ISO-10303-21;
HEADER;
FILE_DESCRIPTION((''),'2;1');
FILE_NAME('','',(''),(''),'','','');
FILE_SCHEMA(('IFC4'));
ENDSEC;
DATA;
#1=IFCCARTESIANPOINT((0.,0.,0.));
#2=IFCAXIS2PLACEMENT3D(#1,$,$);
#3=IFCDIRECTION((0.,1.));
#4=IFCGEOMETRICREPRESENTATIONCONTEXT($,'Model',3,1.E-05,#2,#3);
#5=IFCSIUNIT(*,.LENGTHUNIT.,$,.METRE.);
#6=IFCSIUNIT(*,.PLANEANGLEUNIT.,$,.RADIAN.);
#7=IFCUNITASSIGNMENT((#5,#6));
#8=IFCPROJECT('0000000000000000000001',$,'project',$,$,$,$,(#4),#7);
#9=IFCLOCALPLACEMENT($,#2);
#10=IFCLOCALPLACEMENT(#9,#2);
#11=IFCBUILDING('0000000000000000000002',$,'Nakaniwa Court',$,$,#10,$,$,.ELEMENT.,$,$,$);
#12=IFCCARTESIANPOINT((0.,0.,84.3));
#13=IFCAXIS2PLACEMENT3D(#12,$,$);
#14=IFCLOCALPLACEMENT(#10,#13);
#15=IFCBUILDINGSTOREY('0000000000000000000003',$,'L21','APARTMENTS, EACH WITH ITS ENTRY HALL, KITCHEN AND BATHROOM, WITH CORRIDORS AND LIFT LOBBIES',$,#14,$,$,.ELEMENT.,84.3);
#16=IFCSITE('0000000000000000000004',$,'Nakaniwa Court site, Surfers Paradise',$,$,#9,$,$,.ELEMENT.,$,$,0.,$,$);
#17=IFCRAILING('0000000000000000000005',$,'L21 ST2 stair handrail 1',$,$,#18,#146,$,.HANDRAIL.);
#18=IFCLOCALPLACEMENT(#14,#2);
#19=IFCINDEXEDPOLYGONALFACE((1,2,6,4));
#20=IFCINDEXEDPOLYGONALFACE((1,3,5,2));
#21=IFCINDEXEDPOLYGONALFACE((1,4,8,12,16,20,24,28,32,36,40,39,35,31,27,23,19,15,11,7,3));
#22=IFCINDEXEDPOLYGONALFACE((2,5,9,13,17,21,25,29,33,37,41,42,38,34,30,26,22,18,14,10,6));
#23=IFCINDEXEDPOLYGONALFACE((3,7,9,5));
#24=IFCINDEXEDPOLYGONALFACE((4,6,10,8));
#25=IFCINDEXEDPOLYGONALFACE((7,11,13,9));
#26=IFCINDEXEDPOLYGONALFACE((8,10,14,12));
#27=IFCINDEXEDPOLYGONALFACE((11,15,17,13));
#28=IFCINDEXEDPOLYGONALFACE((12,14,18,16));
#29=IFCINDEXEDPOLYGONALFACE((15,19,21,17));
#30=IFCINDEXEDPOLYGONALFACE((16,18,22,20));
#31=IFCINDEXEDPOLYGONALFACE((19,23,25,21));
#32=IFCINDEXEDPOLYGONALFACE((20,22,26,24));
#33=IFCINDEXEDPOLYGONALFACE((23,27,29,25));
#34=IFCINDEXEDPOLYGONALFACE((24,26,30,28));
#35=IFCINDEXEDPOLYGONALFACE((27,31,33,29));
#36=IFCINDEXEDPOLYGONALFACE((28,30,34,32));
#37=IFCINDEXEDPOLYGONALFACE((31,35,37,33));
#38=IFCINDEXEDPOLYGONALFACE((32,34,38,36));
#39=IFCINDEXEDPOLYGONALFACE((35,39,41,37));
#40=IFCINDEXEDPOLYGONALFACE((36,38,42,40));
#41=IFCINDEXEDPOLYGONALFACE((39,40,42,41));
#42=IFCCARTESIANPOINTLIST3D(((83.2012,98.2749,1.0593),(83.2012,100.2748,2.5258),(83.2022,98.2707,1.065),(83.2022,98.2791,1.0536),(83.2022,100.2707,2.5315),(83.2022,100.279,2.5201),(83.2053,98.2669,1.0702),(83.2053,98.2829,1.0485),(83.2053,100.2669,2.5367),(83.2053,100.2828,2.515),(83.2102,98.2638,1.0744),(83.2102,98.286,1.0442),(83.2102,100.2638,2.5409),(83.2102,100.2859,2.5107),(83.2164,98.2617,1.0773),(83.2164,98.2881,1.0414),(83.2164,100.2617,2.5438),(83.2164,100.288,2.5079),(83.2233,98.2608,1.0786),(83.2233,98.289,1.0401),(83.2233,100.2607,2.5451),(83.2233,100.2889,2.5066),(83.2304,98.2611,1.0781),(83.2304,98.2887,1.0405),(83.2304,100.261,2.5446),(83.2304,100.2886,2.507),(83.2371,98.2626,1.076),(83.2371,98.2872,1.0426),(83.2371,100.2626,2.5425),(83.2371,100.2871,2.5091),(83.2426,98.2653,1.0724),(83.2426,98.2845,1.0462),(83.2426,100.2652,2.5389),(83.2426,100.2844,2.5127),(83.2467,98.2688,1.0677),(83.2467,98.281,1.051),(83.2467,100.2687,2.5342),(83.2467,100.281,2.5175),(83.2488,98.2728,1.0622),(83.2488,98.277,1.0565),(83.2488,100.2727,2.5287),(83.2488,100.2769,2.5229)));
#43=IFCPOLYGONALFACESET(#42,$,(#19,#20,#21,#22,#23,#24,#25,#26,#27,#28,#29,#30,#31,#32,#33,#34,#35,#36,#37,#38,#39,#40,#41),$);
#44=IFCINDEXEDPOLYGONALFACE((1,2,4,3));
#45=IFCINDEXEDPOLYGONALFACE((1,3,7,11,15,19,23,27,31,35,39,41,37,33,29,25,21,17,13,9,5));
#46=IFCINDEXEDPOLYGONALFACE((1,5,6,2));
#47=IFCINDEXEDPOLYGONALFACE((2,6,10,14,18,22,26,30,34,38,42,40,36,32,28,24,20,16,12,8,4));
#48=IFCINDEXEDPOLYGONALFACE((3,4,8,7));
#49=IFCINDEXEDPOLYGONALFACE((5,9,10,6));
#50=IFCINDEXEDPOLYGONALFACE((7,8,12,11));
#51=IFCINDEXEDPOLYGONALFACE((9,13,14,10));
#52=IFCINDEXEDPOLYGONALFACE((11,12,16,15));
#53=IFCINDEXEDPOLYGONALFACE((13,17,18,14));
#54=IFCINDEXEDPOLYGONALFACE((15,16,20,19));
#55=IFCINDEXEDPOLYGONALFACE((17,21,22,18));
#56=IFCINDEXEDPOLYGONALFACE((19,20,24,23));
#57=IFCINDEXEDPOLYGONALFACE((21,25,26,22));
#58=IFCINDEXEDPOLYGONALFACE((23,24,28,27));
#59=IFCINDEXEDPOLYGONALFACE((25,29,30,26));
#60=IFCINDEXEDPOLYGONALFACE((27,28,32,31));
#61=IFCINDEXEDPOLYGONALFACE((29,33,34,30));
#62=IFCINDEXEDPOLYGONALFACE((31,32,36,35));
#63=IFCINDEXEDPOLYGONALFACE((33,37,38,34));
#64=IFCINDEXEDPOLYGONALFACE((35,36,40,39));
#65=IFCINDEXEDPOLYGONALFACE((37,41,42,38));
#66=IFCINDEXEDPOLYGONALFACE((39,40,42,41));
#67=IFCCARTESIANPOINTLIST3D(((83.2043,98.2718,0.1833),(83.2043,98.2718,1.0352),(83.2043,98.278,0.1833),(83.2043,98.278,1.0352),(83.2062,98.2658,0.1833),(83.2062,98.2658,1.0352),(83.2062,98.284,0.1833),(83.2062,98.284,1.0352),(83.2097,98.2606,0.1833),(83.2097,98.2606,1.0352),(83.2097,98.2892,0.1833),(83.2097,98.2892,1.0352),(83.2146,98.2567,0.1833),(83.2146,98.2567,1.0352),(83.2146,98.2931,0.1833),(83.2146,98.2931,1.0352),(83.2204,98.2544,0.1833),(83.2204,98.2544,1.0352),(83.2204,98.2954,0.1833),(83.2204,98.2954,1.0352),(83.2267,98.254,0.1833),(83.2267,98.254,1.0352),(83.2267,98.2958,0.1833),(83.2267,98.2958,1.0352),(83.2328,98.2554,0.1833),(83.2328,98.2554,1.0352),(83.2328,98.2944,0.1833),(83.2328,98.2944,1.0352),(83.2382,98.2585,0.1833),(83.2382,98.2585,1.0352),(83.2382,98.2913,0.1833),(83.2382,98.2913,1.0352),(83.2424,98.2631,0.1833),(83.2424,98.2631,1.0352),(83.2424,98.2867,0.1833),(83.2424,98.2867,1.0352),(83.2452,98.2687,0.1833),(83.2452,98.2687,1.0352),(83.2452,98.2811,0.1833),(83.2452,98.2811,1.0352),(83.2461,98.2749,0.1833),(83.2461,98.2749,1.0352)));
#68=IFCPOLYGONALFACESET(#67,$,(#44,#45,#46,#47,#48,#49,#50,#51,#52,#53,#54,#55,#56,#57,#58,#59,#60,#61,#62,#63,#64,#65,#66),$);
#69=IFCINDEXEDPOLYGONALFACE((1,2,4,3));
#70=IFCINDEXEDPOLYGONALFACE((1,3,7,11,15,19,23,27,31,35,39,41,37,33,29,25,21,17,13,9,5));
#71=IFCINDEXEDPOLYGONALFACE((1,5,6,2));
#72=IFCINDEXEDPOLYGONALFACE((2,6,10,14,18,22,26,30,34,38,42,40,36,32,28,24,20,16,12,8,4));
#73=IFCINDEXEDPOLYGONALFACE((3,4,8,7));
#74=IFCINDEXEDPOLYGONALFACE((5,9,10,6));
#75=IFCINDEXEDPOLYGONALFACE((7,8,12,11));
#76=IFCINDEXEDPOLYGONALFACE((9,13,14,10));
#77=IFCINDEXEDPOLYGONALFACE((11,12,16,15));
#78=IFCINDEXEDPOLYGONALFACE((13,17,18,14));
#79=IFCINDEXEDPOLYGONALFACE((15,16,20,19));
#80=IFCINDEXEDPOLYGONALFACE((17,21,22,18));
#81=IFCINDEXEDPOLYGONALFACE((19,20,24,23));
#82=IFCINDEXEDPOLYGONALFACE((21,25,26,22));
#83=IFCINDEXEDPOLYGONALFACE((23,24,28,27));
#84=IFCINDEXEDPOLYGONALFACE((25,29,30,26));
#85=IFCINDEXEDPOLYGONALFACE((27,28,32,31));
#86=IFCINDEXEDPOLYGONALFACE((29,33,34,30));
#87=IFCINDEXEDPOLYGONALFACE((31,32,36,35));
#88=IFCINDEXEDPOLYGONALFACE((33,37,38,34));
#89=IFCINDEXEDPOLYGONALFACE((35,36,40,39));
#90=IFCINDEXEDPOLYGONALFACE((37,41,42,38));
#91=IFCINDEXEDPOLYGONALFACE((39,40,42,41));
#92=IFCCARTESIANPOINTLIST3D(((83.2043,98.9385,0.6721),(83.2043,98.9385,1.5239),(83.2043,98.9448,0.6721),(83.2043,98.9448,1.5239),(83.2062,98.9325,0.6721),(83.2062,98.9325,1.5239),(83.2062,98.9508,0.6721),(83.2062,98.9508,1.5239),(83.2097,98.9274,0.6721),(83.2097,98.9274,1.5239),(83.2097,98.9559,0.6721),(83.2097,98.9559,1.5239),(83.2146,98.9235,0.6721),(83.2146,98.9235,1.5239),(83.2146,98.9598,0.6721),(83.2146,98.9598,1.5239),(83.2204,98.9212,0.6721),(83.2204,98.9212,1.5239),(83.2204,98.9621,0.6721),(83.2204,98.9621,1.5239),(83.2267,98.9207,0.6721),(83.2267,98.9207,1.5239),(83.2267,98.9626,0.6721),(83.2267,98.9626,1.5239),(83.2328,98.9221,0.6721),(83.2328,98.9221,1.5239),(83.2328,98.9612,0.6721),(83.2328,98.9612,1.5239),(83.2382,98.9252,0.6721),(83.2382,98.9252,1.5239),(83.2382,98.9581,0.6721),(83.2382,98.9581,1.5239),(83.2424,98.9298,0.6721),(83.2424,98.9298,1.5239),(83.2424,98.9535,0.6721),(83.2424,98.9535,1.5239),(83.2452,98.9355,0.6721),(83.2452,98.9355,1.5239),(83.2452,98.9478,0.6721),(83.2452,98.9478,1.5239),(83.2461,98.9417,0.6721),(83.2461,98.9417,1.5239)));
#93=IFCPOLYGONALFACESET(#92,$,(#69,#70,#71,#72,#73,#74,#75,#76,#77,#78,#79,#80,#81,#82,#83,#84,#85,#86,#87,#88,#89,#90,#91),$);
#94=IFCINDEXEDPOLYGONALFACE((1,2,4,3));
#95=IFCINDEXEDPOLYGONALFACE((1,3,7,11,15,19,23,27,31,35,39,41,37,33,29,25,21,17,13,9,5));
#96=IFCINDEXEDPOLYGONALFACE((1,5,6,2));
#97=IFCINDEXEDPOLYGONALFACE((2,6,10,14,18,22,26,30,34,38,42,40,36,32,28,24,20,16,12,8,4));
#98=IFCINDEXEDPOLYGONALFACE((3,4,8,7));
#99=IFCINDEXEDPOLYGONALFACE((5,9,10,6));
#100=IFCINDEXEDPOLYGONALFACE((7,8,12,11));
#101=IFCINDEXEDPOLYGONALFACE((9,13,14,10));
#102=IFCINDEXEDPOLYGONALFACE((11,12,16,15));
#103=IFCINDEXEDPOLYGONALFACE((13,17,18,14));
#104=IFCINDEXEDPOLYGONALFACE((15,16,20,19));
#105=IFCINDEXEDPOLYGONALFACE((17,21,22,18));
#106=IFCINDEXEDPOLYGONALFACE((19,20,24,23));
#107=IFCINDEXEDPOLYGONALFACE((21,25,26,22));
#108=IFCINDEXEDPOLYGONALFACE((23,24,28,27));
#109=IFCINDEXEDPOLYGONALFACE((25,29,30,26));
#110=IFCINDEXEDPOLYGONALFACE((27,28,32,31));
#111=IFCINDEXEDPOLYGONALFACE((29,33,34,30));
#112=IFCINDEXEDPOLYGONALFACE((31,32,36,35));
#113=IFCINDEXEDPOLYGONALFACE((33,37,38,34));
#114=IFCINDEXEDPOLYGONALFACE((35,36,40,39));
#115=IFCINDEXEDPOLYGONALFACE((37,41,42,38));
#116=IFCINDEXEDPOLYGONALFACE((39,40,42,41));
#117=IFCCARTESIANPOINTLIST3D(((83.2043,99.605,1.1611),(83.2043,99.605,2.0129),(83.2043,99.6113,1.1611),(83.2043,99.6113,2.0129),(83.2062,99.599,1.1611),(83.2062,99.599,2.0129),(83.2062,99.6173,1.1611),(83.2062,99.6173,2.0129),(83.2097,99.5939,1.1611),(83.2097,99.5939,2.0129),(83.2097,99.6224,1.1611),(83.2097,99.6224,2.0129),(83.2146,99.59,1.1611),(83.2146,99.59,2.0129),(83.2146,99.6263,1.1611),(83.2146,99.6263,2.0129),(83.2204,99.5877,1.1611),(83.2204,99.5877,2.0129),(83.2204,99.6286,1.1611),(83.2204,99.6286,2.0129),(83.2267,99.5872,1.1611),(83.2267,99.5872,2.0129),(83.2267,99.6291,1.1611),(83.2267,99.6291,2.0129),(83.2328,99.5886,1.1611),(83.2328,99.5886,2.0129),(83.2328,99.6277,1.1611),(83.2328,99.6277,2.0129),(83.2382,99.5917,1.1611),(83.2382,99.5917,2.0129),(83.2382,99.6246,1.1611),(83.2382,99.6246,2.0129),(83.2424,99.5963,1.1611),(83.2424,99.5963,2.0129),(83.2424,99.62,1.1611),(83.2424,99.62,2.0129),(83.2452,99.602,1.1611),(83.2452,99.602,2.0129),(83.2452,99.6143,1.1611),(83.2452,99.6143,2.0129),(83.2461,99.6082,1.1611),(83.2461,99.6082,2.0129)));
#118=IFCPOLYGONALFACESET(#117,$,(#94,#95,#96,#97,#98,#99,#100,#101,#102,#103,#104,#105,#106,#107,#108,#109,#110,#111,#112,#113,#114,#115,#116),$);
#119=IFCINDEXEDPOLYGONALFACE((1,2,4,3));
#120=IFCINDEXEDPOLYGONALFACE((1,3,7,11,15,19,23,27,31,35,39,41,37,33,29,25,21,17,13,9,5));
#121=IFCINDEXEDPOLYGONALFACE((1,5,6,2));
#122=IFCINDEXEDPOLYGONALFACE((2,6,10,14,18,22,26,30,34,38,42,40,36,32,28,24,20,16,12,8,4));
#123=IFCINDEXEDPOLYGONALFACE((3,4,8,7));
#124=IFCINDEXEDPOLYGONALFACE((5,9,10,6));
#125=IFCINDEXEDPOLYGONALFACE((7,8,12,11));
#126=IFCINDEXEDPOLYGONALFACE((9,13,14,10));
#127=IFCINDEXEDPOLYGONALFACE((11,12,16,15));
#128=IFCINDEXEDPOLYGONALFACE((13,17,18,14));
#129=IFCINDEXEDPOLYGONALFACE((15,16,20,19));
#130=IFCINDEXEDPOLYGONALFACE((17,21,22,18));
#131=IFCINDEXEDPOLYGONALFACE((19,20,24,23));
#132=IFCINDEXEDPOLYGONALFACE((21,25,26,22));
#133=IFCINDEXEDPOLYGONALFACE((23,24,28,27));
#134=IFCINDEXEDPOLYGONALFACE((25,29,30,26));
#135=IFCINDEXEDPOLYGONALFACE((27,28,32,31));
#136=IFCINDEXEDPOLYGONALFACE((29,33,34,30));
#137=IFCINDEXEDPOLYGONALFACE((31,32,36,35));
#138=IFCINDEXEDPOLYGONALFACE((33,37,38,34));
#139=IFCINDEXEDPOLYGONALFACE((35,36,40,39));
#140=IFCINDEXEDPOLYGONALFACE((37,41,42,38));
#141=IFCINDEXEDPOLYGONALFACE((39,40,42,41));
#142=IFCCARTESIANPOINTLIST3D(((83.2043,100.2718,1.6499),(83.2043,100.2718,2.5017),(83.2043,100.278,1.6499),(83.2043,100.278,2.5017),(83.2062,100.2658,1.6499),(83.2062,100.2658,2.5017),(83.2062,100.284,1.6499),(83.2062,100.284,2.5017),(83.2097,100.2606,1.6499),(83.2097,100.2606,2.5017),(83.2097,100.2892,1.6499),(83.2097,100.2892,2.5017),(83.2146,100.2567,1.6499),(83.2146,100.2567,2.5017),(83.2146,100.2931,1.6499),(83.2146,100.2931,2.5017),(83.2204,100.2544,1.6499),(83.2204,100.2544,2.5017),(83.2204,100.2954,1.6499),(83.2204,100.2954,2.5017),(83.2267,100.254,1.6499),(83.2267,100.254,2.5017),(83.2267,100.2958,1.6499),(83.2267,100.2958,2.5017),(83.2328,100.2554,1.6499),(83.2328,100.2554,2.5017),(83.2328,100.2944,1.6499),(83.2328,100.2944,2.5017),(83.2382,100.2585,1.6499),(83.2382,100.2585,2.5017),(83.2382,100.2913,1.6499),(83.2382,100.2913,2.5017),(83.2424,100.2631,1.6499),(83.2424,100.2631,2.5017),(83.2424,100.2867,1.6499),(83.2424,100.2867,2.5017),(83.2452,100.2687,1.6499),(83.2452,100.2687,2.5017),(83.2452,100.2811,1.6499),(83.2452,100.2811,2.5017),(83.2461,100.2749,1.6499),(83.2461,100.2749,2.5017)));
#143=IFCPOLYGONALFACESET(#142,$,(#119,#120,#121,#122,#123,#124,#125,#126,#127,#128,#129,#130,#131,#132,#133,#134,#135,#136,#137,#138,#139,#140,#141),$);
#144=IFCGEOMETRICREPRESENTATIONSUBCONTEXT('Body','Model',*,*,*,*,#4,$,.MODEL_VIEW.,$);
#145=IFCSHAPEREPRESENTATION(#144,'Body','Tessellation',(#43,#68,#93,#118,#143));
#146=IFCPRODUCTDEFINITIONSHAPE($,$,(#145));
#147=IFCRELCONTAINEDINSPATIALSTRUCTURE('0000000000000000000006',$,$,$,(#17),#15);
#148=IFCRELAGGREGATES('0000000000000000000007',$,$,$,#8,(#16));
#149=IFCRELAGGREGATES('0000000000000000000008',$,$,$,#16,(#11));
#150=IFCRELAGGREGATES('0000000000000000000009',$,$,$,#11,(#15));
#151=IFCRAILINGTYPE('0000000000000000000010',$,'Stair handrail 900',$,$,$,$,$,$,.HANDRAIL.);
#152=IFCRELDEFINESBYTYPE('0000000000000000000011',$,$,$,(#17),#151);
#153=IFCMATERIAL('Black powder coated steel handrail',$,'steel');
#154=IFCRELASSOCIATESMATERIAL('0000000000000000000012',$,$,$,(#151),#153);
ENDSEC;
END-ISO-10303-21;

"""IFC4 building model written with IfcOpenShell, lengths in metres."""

from ifc_helpers import new_model, si_unit, direction, frame, origin, origin_2d, place, context, subcontext, project, spatial, circle, extrude, material, type_object, element, save


model = new_model("IFC4")

# Units and contexts
model_context = context("Model", 3, precision=1e-05, world=origin(), true_north=direction((0.0, 1.0)))
body_context = subcontext(model_context, "Body", "Model", "MODEL_VIEW")
ifc_project = project(units=[si_unit("LENGTHUNIT", "METRE"), si_unit("PLANEANGLEUNIT", "RADIAN")], contexts=[model_context])

# Site, building, storey
site_placement = place(None, origin())
site = spatial("IfcSite", under=ifc_project, at=site_placement, Name="Nakaniwa Court site, Surfers Paradise", CompositionType="ELEMENT", RefElevation=0.0)
building_placement = place(site_placement, origin())
building = spatial("IfcBuilding", under=site, at=building_placement, Name="Nakaniwa Court", CompositionType="ELEMENT")
storey_placement = place(building_placement, frame((0.0, 0.0, 84.3)))
storey = spatial("IfcBuildingStorey", under=building, at=storey_placement, Name="L21", Description="APARTMENTS, EACH WITH ITS ENTRY HALL, KITCHEN AND BATHROOM, WITH CORRIDORS AND LIFT LOBBIES", CompositionType="ELEMENT", Elevation=84.3)

# Railing
ifc_material_1 = material(Name="Black powder coated steel handrail", Category="steel")
railing_type_1 = type_object("IfcRailingType", Name="Stair handrail 900", PredefinedType="HANDRAIL", material=ifc_material_1)
railing_1_placement = place(storey_placement, frame((83.2251, 98.2749, 0.1833)))
element("IfcRailing", 1, at=railing_1_placement, inside=storey, type_object=railing_type_1, Name="L21 ST2 stair handrail 1", PredefinedType="HANDRAIL", context=body_context, shape_type="SweptSolid", body=[
    extrude(circle(Radius=0.0239, at=origin_2d()), frame((0.0, 0.0, 0.876), z_axis=(0.0, 0.806427, 0.591334), x_axis=(-1.0, 0.0, 0.0)), (0.0, 0.0, 1.0), 2.48),
    extrude(circle(Radius=0.021, at=origin_2d()), origin(), (0.0, 0.0, 1.0), 0.8518),
    extrude(circle(Radius=0.021, at=origin_2d()), frame((0.0, 0.6667, 0.4888)), (0.0, 0.0, 1.0), 0.8518),
    extrude(circle(Radius=0.021, at=origin_2d()), frame((0.0, 1.3333, 0.9778)), (0.0, 0.0, 1.0), 0.8518),
    extrude(circle(Radius=0.021, at=origin_2d()), frame((0.0, 2.0, 1.4666)), (0.0, 0.0, 1.0), 0.8518),
])

save(model, "model.ifc")
